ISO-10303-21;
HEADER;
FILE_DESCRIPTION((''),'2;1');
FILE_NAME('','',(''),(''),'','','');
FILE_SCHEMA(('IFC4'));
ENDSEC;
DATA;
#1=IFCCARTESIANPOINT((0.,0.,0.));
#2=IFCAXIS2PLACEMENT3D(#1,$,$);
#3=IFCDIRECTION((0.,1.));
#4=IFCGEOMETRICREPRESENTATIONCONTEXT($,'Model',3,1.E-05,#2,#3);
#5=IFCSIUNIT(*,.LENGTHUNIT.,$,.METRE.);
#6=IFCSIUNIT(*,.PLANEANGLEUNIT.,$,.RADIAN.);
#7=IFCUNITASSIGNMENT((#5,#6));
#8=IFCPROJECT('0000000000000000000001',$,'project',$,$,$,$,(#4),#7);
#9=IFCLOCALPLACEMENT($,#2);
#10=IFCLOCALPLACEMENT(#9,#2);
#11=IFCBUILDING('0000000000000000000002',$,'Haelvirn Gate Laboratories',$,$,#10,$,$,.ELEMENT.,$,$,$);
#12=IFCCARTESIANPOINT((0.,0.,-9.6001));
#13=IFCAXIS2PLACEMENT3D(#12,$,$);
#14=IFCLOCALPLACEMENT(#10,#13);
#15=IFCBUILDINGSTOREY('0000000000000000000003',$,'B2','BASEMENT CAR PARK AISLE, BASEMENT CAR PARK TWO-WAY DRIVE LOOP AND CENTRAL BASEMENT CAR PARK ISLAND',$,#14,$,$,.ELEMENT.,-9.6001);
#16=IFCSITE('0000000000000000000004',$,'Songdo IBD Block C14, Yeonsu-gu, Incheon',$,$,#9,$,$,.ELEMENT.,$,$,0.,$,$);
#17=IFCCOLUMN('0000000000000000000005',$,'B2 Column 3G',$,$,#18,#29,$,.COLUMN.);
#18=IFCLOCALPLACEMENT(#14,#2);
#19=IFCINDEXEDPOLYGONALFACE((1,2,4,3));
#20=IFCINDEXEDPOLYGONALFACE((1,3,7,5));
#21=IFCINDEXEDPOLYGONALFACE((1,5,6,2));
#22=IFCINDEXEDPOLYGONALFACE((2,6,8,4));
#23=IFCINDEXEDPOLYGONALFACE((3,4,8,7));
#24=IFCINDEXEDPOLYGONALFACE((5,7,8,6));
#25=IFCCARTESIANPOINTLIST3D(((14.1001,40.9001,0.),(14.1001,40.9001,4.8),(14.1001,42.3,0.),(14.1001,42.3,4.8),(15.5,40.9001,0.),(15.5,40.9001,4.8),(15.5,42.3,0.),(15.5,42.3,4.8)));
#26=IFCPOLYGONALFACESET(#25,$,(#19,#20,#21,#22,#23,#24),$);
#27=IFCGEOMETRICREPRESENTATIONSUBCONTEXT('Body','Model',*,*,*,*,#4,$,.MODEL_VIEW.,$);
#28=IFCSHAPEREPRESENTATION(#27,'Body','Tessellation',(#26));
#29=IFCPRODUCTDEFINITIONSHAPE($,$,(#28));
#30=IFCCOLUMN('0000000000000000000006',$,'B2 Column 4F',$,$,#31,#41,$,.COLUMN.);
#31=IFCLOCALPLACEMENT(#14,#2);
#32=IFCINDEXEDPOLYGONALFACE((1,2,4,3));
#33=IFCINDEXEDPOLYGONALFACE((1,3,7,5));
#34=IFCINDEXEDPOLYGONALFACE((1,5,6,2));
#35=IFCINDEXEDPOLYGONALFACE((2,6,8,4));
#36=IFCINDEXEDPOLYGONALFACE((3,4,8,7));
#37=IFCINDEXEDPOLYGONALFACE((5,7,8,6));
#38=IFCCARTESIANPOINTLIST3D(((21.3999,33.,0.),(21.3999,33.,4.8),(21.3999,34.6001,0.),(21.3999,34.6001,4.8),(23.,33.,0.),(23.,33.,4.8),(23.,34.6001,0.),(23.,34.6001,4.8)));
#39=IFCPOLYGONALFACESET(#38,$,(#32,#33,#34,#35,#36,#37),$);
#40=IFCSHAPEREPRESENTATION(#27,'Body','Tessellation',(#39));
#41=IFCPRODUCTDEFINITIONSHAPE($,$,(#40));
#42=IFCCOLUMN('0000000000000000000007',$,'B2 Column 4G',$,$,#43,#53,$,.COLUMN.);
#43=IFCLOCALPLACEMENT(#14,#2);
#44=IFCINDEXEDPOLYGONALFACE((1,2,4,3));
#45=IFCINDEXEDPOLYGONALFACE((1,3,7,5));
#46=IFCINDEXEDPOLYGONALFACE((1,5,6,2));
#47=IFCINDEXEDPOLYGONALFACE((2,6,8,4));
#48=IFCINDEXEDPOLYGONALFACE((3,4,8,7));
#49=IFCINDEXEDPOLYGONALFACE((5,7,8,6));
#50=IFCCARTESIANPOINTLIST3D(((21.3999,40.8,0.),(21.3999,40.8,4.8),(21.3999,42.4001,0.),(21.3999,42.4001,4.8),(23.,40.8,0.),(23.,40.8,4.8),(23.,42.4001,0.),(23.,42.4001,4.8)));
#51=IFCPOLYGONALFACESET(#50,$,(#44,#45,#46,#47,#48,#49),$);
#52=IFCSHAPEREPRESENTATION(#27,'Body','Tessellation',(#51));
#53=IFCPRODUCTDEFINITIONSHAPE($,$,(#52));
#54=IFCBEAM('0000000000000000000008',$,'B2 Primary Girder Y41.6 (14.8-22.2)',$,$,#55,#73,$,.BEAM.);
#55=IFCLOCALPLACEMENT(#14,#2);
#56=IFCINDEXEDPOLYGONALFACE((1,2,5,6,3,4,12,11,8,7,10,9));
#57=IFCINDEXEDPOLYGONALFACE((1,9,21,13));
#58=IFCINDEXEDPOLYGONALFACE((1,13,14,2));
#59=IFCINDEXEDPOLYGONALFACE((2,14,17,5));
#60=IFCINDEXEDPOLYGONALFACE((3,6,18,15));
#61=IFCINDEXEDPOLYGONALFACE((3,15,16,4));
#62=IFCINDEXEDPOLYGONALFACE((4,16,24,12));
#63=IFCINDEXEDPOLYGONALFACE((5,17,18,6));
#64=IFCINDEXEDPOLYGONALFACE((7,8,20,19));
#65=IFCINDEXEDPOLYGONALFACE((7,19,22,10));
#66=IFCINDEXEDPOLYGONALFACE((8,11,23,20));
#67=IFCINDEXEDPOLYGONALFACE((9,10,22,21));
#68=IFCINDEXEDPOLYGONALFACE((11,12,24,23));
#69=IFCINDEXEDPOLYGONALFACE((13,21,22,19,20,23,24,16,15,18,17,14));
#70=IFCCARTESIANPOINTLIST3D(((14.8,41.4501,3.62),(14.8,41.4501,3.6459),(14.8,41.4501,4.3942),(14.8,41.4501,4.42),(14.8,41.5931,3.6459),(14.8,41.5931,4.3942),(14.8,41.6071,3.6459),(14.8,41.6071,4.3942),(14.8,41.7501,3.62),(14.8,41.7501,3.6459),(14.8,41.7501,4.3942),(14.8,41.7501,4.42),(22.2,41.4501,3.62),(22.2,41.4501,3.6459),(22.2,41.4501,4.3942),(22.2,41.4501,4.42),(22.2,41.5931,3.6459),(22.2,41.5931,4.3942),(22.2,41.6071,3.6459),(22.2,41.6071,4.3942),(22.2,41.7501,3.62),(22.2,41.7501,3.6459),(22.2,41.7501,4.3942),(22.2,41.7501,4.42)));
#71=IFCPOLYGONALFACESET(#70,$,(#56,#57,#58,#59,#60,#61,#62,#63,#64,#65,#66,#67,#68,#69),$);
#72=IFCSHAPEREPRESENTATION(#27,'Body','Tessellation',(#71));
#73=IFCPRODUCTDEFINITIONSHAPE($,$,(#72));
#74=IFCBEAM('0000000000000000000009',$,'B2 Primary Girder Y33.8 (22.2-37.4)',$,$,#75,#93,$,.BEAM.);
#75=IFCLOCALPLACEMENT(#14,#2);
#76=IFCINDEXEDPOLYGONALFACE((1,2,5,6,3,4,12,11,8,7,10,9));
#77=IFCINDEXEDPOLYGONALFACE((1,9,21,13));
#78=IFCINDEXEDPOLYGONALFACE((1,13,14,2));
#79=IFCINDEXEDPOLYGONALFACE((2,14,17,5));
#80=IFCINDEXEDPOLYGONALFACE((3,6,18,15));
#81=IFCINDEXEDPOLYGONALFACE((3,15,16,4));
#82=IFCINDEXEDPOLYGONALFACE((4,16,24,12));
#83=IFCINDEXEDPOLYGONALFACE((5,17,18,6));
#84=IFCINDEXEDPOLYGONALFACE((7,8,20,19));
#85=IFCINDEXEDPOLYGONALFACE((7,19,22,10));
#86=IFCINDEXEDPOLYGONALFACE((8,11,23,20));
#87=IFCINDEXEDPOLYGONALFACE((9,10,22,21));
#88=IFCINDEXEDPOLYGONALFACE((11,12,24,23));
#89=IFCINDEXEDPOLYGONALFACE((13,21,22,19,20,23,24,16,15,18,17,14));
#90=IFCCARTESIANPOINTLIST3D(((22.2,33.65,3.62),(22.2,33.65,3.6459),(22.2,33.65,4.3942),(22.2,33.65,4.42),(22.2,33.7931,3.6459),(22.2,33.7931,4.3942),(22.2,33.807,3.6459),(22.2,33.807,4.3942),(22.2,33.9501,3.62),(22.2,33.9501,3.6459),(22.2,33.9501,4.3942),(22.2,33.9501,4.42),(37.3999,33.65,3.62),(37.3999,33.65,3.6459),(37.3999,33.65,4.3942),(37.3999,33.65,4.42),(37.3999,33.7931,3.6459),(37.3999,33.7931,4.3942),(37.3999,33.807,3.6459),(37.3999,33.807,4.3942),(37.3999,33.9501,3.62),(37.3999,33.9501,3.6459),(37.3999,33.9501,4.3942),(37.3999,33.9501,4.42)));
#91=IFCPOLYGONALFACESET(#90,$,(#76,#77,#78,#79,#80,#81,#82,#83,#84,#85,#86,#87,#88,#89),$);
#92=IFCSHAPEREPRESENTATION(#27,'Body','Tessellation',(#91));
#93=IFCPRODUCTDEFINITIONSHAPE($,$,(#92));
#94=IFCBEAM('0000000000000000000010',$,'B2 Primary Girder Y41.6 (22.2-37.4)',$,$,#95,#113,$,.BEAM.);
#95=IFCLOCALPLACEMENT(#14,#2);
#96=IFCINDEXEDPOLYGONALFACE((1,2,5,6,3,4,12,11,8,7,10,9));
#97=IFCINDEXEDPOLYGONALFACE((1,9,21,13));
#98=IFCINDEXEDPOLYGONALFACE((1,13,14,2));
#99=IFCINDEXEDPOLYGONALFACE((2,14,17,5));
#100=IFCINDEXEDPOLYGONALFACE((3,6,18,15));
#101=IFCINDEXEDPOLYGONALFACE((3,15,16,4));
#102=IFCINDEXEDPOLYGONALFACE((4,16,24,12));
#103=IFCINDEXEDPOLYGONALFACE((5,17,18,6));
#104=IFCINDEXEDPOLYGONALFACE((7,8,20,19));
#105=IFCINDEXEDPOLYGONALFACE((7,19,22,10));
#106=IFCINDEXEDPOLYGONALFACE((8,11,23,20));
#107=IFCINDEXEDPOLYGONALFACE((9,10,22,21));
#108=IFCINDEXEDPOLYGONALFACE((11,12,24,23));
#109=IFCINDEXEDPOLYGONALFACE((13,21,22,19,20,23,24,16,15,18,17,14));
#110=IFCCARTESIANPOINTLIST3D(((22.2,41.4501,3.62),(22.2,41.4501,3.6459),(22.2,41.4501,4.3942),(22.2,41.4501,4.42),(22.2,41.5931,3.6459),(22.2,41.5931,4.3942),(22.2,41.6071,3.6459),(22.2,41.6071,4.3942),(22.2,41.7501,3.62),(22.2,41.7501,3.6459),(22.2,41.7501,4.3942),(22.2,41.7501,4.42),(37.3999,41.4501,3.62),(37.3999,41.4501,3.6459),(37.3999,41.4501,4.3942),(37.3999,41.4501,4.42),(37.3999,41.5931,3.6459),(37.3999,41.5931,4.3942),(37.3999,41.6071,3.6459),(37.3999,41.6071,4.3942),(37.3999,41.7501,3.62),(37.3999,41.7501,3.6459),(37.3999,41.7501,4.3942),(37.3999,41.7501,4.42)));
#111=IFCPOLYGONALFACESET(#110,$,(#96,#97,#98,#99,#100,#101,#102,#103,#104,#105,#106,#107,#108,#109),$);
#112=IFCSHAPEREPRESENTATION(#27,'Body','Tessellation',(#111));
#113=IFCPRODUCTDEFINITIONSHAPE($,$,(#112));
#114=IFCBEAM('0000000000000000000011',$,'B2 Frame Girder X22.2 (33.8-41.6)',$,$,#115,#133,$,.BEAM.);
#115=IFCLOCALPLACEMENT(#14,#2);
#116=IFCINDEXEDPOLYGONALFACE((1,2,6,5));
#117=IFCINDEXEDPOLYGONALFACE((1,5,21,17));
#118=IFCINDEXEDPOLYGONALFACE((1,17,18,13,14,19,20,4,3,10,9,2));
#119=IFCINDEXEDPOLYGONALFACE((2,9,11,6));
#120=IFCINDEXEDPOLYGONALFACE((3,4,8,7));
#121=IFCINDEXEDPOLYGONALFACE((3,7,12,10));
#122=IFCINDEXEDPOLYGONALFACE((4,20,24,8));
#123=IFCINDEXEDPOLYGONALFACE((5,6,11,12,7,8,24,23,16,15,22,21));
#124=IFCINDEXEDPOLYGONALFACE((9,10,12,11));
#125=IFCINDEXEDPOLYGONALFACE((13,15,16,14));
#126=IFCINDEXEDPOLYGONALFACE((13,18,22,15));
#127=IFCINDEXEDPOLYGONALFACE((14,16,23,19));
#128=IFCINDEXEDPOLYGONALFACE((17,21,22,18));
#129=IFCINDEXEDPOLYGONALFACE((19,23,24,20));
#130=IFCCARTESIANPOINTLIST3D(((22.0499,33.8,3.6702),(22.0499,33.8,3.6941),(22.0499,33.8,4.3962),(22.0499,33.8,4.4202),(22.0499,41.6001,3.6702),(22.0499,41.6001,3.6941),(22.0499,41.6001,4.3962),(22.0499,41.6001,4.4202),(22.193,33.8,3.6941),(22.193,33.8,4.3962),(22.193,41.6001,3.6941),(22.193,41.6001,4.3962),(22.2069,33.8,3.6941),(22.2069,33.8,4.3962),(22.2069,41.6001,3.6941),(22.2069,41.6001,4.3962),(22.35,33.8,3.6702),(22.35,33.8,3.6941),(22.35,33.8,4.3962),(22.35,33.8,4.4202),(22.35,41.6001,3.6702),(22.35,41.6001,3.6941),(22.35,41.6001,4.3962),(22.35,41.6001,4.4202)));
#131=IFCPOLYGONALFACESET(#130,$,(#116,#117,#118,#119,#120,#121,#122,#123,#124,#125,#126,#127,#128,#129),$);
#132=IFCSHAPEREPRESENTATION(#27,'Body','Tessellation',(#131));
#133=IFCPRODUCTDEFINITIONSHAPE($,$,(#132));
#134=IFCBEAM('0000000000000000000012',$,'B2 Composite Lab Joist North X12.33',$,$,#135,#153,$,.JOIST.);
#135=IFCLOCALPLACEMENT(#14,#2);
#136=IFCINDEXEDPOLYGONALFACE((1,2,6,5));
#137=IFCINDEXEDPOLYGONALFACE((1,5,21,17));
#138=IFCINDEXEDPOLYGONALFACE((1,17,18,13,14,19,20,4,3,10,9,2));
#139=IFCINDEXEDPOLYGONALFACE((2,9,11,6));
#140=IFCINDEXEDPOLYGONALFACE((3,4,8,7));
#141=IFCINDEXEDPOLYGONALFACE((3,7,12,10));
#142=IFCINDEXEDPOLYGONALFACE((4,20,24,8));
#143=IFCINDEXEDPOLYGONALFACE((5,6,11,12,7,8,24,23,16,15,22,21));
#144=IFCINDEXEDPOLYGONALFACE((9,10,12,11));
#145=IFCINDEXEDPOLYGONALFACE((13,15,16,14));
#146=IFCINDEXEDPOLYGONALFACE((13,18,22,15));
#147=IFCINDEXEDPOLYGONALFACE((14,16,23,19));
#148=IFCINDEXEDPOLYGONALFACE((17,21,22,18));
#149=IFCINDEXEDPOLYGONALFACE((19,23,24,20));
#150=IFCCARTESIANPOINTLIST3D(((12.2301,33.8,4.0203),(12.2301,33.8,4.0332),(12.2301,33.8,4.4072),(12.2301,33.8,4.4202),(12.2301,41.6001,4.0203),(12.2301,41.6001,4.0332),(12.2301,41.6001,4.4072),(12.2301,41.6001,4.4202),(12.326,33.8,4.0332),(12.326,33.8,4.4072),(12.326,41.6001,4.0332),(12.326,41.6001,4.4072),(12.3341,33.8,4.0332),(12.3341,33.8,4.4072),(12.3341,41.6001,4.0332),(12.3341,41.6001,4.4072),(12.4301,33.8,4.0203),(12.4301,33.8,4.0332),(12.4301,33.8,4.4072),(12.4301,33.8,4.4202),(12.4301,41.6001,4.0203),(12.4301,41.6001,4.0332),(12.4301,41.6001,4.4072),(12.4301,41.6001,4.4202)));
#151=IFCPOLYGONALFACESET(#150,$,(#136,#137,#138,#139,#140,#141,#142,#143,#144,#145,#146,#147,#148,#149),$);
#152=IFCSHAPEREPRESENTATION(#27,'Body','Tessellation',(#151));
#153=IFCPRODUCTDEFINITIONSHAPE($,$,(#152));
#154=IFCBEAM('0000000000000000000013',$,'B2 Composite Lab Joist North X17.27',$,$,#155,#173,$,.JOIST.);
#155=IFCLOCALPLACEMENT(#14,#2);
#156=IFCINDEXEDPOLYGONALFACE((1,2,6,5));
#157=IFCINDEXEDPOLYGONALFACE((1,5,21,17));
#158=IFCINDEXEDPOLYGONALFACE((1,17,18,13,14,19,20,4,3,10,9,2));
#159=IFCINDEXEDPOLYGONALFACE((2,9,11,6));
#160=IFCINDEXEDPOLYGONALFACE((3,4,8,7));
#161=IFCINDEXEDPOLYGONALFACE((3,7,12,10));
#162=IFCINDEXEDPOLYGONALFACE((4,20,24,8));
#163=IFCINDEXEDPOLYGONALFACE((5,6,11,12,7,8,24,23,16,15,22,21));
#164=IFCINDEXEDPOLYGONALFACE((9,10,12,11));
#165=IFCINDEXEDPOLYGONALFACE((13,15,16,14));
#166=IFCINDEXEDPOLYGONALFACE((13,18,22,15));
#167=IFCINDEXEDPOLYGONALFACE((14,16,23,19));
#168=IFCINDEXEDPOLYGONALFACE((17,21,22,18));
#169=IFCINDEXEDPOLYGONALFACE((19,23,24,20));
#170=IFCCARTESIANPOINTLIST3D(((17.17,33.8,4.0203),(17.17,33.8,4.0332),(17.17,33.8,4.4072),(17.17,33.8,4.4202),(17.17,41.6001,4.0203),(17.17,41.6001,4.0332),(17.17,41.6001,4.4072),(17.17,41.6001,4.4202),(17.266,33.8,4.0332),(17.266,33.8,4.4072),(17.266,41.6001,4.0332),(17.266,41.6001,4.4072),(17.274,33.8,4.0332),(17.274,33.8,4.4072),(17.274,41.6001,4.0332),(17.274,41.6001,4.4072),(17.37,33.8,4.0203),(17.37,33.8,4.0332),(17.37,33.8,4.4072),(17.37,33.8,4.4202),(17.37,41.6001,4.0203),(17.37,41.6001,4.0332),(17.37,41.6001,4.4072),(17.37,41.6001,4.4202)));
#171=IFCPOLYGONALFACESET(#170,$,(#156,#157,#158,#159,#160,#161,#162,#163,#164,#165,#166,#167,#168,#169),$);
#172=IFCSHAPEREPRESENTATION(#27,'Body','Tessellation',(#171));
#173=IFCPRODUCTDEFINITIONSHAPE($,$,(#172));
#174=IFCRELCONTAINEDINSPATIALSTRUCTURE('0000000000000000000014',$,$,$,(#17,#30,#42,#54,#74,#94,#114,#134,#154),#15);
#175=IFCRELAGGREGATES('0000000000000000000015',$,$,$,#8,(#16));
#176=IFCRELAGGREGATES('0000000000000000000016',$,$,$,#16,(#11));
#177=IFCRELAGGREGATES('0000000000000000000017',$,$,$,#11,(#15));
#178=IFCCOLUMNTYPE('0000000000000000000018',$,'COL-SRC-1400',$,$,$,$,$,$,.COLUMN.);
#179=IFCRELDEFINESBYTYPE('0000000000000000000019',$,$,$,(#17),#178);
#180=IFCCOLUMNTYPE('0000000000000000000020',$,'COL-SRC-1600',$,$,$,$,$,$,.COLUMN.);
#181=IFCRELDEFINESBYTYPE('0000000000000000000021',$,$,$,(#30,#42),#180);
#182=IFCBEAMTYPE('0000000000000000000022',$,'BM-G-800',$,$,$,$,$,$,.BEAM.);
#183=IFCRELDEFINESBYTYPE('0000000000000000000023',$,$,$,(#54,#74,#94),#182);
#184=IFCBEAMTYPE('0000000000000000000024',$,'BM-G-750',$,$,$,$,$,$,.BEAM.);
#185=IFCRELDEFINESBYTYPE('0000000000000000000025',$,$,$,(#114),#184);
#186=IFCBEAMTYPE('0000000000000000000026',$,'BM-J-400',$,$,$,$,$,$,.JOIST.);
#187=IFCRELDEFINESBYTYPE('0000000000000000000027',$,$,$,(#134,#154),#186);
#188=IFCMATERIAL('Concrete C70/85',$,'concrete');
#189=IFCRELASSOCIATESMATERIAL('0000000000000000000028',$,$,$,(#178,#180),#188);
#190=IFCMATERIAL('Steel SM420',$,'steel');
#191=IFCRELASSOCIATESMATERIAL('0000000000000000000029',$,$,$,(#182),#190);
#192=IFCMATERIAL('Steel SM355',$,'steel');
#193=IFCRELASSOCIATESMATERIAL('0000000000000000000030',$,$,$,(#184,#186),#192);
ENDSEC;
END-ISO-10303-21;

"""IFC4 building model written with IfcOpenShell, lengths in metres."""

from ifc_helpers import new_model, si_unit, direction, frame, origin, origin_2d, place, context, subcontext, project, spatial, rectangle, i_section, extrude, source, transform, mapped, material, material_profile, profile_set, type_object, type_shapes, element, save


model = new_model("IFC4")

# Units and contexts
model_context = context("Model", 3, precision=1e-05, world=origin(), true_north=direction((0.0, 1.0)))
body_context = subcontext(model_context, "Body", "Model", "MODEL_VIEW")
ifc_project = project(units=[si_unit("LENGTHUNIT", "METRE"), si_unit("PLANEANGLEUNIT", "RADIAN")], contexts=[model_context])

# Site, building, storey
site_placement = place(None, origin())
site = spatial("IfcSite", under=ifc_project, at=site_placement, Name="Songdo IBD Block C14, Yeonsu-gu, Incheon", CompositionType="ELEMENT", RefElevation=0.0)
building_placement = place(site_placement, origin())
building = spatial("IfcBuilding", under=site, at=building_placement, Name="Haelvirn Gate Laboratories", CompositionType="ELEMENT")
storey_placement = place(building_placement, frame((0.0, 0.0, -9.6001)))
storey = spatial("IfcBuildingStorey", under=building, at=storey_placement, Name="B2", Description="BASEMENT CAR PARK AISLE, BASEMENT CAR PARK TWO-WAY DRIVE LOOP AND CENTRAL BASEMENT CAR PARK ISLAND", CompositionType="ELEMENT", Elevation=-9.6001)

# Columns
ifc_material_1 = material(Name="Concrete C70/85", Category="concrete")
ifc_material_profile_1 = material_profile(ifc_material_1, rectangle(XDim=1.3999, YDim=1.3999, at=origin_2d()), Name="SRC-1400x1400")
ifc_profile_set_1 = profile_set([ifc_material_profile_1], Name="Concrete C70/85")
column_type_1 = type_object("IfcColumnType", Name="COL-SRC-1400", PredefinedType="COLUMN", material=ifc_profile_set_1)
shared_shape_1 = source(origin(), body_context, "Body", "SweptSolid", [
    extrude(rectangle(XDim=1.3999, YDim=1.3999, at=origin_2d()), origin(), (0.0, 0.0, 1.0), 4.8),
])
type_shapes(column_type_1, [shared_shape_1])
column_placement = place(storey_placement, frame((14.8, 41.6001, 0.0), z_axis=(0.0, 0.0, 1.0), x_axis=(1.0, 0.0, 0.0)))
element("IfcColumn", 1, at=column_placement, inside=storey, type_object=column_type_1, Name="B2 Column 3G", PredefinedType="COLUMN", context=body_context, shape_type="MappedRepresentation", body=[
    mapped(shared_shape_1, transform((0.0, 0.0, 0.0), scale=1.0)),
])
ifc_material_profile_2 = material_profile(ifc_material_1, rectangle(XDim=1.6001, YDim=1.6001, at=origin_2d()), Name="SRC-1600x1600")
ifc_profile_set_2 = profile_set([ifc_material_profile_2], Name="Concrete C70/85")
column_type_2 = type_object("IfcColumnType", Name="COL-SRC-1600", PredefinedType="COLUMN", material=ifc_profile_set_2)
shared_shape_2 = source(origin(), body_context, "Body", "SweptSolid", [
    extrude(rectangle(XDim=1.6001, YDim=1.6001, at=origin_2d()), origin(), (0.0, 0.0, 1.0), 4.8),
])
type_shapes(column_type_2, [shared_shape_2])
for number, where, z_axis, x_axis, name in (
    (2, (22.2, 33.8, 0.0), (0.0, 0.0, 1.0), (1.0, 0.0, 0.0), "B2 Column 4F"),
    (3, (22.2, 41.6001, 0.0), (0.0, 0.0, 1.0), (1.0, 0.0, 0.0), "B2 Column 4G"),
):
    element("IfcColumn", number, at=place(storey_placement, frame(where, z_axis=z_axis, x_axis=x_axis)), inside=storey, type_object=column_type_2, Name=name, PredefinedType="COLUMN", context=body_context, shape_type="MappedRepresentation", body=[
        mapped(shared_shape_2, transform((0.0, 0.0, 0.0), scale=1.0)),
    ])

# Beams
ifc_material_2 = material(Name="Steel SM420", Category="steel")
ifc_material_profile_3 = material_profile(ifc_material_2, i_section(OverallWidth=0.3, OverallDepth=0.8, WebThickness=0.0139, FlangeThickness=0.0259, at=origin_2d()), Name="H-800x300x14x26")
ifc_profile_set_3 = profile_set([ifc_material_profile_3], Name="Steel SM420")
beam_type_1 = type_object("IfcBeamType", Name="BM-G-800", PredefinedType="BEAM", material=ifc_profile_set_3)
shared_shape_3 = source(origin(), body_context, "Body", "SweptSolid", [
    extrude(i_section(OverallWidth=0.3, OverallDepth=0.8, WebThickness=0.0139, FlangeThickness=0.0259, at=origin_2d()), origin(), (0.0, 0.0, 1.0), 7.3999),
])
beam_1_placement = place(storey_placement, frame((14.8, 41.6001, 4.02), z_axis=(1.0, 0.0, 0.0), x_axis=(0.0, 1.0, 0.0)))
element("IfcBeam", 4, at=beam_1_placement, inside=storey, type_object=beam_type_1, Name="B2 Primary Girder Y41.6 (14.8-22.2)", PredefinedType="BEAM", context=body_context, shape_type="MappedRepresentation", body=[
    mapped(shared_shape_3, transform((0.0, 0.0, 0.0), scale=1.0)),
])
shared_shape_4 = source(origin(), body_context, "Body", "SweptSolid", [
    extrude(i_section(OverallWidth=0.3, OverallDepth=0.8, WebThickness=0.0139, FlangeThickness=0.0259, at=origin_2d()), origin(), (0.0, 0.0, 1.0), 15.2),
])
type_shapes(beam_type_1, [shared_shape_3, shared_shape_4])
for number, where, z_axis, x_axis, name in (
    (5, (22.2, 33.8, 4.02), (1.0, 0.0, 0.0), (0.0, 1.0, 0.0), "B2 Primary Girder Y33.8 (22.2-37.4)"),
    (6, (22.2, 41.6001, 4.02), (1.0, 0.0, 0.0), (0.0, 1.0, 0.0), "B2 Primary Girder Y41.6 (22.2-37.4)"),
):
    element("IfcBeam", number, at=place(storey_placement, frame(where, z_axis=z_axis, x_axis=x_axis)), inside=storey, type_object=beam_type_1, Name=name, PredefinedType="BEAM", context=body_context, shape_type="MappedRepresentation", body=[
        mapped(shared_shape_4, transform((0.0, 0.0, 0.0), scale=1.0)),
    ])
ifc_material_3 = material(Name="Steel SM355", Category="steel")
ifc_material_profile_4 = material_profile(ifc_material_3, i_section(OverallWidth=0.3, OverallDepth=0.75, WebThickness=0.0139, FlangeThickness=0.0239, at=origin_2d()), Name="H-750x300x14x24")
ifc_profile_set_4 = profile_set([ifc_material_profile_4], Name="Steel SM355")
beam_type_2 = type_object("IfcBeamType", Name="BM-G-750", PredefinedType="BEAM", material=ifc_profile_set_4)
shared_shape_5 = source(origin(), body_context, "Body", "SweptSolid", [
    extrude(i_section(OverallWidth=0.3, OverallDepth=0.75, WebThickness=0.0139, FlangeThickness=0.0239, at=origin_2d()), origin(), (0.0, 0.0, 1.0), 7.8),
])
type_shapes(beam_type_2, [shared_shape_5])
beam_2_placement = place(storey_placement, frame((22.2, 33.8, 4.0452), z_axis=(0.0, 1.0, 0.0), x_axis=(-1.0, 0.0, 0.0)))
element("IfcBeam", 7, at=beam_2_placement, inside=storey, type_object=beam_type_2, Name="B2 Frame Girder X22.2 (33.8-41.6)", PredefinedType="BEAM", context=body_context, shape_type="MappedRepresentation", body=[
    mapped(shared_shape_5, transform((0.0, 0.0, 0.0), scale=1.0)),
])
ifc_material_profile_5 = material_profile(ifc_material_3, i_section(OverallWidth=0.2, OverallDepth=0.3999, WebThickness=0.0081, FlangeThickness=0.0129, at=origin_2d()), Name="H-400x200x8x13")
ifc_profile_set_5 = profile_set([ifc_material_profile_5], Name="Steel SM355")
beam_type_3 = type_object("IfcBeamType", Name="BM-J-400", PredefinedType="JOIST", material=ifc_profile_set_5)
shared_shape_6 = source(origin(), body_context, "Body", "SweptSolid", [
    extrude(i_section(OverallWidth=0.2, OverallDepth=0.3999, WebThickness=0.0081, FlangeThickness=0.0129, at=origin_2d()), origin(), (0.0, 0.0, 1.0), 7.8),
])
type_shapes(beam_type_3, [shared_shape_6])
for number, where, z_axis, x_axis, name in (
    (8, (12.3301, 33.8, 4.2202), (0.0, 1.0, 0.0), (-1.0, 0.0, 0.0), "B2 Composite Lab Joist North X12.33"),
    (9, (17.27, 33.8, 4.2202), (0.0, 1.0, 0.0), (-1.0, 0.0, 0.0), "B2 Composite Lab Joist North X17.27"),
):
    element("IfcBeam", number, at=place(storey_placement, frame(where, z_axis=z_axis, x_axis=x_axis)), inside=storey, type_object=beam_type_3, Name=name, PredefinedType="JOIST", context=body_context, shape_type="MappedRepresentation", body=[
        mapped(shared_shape_6, transform((0.0, 0.0, 0.0), scale=1.0)),
    ])

save(model, "model.ifc")
